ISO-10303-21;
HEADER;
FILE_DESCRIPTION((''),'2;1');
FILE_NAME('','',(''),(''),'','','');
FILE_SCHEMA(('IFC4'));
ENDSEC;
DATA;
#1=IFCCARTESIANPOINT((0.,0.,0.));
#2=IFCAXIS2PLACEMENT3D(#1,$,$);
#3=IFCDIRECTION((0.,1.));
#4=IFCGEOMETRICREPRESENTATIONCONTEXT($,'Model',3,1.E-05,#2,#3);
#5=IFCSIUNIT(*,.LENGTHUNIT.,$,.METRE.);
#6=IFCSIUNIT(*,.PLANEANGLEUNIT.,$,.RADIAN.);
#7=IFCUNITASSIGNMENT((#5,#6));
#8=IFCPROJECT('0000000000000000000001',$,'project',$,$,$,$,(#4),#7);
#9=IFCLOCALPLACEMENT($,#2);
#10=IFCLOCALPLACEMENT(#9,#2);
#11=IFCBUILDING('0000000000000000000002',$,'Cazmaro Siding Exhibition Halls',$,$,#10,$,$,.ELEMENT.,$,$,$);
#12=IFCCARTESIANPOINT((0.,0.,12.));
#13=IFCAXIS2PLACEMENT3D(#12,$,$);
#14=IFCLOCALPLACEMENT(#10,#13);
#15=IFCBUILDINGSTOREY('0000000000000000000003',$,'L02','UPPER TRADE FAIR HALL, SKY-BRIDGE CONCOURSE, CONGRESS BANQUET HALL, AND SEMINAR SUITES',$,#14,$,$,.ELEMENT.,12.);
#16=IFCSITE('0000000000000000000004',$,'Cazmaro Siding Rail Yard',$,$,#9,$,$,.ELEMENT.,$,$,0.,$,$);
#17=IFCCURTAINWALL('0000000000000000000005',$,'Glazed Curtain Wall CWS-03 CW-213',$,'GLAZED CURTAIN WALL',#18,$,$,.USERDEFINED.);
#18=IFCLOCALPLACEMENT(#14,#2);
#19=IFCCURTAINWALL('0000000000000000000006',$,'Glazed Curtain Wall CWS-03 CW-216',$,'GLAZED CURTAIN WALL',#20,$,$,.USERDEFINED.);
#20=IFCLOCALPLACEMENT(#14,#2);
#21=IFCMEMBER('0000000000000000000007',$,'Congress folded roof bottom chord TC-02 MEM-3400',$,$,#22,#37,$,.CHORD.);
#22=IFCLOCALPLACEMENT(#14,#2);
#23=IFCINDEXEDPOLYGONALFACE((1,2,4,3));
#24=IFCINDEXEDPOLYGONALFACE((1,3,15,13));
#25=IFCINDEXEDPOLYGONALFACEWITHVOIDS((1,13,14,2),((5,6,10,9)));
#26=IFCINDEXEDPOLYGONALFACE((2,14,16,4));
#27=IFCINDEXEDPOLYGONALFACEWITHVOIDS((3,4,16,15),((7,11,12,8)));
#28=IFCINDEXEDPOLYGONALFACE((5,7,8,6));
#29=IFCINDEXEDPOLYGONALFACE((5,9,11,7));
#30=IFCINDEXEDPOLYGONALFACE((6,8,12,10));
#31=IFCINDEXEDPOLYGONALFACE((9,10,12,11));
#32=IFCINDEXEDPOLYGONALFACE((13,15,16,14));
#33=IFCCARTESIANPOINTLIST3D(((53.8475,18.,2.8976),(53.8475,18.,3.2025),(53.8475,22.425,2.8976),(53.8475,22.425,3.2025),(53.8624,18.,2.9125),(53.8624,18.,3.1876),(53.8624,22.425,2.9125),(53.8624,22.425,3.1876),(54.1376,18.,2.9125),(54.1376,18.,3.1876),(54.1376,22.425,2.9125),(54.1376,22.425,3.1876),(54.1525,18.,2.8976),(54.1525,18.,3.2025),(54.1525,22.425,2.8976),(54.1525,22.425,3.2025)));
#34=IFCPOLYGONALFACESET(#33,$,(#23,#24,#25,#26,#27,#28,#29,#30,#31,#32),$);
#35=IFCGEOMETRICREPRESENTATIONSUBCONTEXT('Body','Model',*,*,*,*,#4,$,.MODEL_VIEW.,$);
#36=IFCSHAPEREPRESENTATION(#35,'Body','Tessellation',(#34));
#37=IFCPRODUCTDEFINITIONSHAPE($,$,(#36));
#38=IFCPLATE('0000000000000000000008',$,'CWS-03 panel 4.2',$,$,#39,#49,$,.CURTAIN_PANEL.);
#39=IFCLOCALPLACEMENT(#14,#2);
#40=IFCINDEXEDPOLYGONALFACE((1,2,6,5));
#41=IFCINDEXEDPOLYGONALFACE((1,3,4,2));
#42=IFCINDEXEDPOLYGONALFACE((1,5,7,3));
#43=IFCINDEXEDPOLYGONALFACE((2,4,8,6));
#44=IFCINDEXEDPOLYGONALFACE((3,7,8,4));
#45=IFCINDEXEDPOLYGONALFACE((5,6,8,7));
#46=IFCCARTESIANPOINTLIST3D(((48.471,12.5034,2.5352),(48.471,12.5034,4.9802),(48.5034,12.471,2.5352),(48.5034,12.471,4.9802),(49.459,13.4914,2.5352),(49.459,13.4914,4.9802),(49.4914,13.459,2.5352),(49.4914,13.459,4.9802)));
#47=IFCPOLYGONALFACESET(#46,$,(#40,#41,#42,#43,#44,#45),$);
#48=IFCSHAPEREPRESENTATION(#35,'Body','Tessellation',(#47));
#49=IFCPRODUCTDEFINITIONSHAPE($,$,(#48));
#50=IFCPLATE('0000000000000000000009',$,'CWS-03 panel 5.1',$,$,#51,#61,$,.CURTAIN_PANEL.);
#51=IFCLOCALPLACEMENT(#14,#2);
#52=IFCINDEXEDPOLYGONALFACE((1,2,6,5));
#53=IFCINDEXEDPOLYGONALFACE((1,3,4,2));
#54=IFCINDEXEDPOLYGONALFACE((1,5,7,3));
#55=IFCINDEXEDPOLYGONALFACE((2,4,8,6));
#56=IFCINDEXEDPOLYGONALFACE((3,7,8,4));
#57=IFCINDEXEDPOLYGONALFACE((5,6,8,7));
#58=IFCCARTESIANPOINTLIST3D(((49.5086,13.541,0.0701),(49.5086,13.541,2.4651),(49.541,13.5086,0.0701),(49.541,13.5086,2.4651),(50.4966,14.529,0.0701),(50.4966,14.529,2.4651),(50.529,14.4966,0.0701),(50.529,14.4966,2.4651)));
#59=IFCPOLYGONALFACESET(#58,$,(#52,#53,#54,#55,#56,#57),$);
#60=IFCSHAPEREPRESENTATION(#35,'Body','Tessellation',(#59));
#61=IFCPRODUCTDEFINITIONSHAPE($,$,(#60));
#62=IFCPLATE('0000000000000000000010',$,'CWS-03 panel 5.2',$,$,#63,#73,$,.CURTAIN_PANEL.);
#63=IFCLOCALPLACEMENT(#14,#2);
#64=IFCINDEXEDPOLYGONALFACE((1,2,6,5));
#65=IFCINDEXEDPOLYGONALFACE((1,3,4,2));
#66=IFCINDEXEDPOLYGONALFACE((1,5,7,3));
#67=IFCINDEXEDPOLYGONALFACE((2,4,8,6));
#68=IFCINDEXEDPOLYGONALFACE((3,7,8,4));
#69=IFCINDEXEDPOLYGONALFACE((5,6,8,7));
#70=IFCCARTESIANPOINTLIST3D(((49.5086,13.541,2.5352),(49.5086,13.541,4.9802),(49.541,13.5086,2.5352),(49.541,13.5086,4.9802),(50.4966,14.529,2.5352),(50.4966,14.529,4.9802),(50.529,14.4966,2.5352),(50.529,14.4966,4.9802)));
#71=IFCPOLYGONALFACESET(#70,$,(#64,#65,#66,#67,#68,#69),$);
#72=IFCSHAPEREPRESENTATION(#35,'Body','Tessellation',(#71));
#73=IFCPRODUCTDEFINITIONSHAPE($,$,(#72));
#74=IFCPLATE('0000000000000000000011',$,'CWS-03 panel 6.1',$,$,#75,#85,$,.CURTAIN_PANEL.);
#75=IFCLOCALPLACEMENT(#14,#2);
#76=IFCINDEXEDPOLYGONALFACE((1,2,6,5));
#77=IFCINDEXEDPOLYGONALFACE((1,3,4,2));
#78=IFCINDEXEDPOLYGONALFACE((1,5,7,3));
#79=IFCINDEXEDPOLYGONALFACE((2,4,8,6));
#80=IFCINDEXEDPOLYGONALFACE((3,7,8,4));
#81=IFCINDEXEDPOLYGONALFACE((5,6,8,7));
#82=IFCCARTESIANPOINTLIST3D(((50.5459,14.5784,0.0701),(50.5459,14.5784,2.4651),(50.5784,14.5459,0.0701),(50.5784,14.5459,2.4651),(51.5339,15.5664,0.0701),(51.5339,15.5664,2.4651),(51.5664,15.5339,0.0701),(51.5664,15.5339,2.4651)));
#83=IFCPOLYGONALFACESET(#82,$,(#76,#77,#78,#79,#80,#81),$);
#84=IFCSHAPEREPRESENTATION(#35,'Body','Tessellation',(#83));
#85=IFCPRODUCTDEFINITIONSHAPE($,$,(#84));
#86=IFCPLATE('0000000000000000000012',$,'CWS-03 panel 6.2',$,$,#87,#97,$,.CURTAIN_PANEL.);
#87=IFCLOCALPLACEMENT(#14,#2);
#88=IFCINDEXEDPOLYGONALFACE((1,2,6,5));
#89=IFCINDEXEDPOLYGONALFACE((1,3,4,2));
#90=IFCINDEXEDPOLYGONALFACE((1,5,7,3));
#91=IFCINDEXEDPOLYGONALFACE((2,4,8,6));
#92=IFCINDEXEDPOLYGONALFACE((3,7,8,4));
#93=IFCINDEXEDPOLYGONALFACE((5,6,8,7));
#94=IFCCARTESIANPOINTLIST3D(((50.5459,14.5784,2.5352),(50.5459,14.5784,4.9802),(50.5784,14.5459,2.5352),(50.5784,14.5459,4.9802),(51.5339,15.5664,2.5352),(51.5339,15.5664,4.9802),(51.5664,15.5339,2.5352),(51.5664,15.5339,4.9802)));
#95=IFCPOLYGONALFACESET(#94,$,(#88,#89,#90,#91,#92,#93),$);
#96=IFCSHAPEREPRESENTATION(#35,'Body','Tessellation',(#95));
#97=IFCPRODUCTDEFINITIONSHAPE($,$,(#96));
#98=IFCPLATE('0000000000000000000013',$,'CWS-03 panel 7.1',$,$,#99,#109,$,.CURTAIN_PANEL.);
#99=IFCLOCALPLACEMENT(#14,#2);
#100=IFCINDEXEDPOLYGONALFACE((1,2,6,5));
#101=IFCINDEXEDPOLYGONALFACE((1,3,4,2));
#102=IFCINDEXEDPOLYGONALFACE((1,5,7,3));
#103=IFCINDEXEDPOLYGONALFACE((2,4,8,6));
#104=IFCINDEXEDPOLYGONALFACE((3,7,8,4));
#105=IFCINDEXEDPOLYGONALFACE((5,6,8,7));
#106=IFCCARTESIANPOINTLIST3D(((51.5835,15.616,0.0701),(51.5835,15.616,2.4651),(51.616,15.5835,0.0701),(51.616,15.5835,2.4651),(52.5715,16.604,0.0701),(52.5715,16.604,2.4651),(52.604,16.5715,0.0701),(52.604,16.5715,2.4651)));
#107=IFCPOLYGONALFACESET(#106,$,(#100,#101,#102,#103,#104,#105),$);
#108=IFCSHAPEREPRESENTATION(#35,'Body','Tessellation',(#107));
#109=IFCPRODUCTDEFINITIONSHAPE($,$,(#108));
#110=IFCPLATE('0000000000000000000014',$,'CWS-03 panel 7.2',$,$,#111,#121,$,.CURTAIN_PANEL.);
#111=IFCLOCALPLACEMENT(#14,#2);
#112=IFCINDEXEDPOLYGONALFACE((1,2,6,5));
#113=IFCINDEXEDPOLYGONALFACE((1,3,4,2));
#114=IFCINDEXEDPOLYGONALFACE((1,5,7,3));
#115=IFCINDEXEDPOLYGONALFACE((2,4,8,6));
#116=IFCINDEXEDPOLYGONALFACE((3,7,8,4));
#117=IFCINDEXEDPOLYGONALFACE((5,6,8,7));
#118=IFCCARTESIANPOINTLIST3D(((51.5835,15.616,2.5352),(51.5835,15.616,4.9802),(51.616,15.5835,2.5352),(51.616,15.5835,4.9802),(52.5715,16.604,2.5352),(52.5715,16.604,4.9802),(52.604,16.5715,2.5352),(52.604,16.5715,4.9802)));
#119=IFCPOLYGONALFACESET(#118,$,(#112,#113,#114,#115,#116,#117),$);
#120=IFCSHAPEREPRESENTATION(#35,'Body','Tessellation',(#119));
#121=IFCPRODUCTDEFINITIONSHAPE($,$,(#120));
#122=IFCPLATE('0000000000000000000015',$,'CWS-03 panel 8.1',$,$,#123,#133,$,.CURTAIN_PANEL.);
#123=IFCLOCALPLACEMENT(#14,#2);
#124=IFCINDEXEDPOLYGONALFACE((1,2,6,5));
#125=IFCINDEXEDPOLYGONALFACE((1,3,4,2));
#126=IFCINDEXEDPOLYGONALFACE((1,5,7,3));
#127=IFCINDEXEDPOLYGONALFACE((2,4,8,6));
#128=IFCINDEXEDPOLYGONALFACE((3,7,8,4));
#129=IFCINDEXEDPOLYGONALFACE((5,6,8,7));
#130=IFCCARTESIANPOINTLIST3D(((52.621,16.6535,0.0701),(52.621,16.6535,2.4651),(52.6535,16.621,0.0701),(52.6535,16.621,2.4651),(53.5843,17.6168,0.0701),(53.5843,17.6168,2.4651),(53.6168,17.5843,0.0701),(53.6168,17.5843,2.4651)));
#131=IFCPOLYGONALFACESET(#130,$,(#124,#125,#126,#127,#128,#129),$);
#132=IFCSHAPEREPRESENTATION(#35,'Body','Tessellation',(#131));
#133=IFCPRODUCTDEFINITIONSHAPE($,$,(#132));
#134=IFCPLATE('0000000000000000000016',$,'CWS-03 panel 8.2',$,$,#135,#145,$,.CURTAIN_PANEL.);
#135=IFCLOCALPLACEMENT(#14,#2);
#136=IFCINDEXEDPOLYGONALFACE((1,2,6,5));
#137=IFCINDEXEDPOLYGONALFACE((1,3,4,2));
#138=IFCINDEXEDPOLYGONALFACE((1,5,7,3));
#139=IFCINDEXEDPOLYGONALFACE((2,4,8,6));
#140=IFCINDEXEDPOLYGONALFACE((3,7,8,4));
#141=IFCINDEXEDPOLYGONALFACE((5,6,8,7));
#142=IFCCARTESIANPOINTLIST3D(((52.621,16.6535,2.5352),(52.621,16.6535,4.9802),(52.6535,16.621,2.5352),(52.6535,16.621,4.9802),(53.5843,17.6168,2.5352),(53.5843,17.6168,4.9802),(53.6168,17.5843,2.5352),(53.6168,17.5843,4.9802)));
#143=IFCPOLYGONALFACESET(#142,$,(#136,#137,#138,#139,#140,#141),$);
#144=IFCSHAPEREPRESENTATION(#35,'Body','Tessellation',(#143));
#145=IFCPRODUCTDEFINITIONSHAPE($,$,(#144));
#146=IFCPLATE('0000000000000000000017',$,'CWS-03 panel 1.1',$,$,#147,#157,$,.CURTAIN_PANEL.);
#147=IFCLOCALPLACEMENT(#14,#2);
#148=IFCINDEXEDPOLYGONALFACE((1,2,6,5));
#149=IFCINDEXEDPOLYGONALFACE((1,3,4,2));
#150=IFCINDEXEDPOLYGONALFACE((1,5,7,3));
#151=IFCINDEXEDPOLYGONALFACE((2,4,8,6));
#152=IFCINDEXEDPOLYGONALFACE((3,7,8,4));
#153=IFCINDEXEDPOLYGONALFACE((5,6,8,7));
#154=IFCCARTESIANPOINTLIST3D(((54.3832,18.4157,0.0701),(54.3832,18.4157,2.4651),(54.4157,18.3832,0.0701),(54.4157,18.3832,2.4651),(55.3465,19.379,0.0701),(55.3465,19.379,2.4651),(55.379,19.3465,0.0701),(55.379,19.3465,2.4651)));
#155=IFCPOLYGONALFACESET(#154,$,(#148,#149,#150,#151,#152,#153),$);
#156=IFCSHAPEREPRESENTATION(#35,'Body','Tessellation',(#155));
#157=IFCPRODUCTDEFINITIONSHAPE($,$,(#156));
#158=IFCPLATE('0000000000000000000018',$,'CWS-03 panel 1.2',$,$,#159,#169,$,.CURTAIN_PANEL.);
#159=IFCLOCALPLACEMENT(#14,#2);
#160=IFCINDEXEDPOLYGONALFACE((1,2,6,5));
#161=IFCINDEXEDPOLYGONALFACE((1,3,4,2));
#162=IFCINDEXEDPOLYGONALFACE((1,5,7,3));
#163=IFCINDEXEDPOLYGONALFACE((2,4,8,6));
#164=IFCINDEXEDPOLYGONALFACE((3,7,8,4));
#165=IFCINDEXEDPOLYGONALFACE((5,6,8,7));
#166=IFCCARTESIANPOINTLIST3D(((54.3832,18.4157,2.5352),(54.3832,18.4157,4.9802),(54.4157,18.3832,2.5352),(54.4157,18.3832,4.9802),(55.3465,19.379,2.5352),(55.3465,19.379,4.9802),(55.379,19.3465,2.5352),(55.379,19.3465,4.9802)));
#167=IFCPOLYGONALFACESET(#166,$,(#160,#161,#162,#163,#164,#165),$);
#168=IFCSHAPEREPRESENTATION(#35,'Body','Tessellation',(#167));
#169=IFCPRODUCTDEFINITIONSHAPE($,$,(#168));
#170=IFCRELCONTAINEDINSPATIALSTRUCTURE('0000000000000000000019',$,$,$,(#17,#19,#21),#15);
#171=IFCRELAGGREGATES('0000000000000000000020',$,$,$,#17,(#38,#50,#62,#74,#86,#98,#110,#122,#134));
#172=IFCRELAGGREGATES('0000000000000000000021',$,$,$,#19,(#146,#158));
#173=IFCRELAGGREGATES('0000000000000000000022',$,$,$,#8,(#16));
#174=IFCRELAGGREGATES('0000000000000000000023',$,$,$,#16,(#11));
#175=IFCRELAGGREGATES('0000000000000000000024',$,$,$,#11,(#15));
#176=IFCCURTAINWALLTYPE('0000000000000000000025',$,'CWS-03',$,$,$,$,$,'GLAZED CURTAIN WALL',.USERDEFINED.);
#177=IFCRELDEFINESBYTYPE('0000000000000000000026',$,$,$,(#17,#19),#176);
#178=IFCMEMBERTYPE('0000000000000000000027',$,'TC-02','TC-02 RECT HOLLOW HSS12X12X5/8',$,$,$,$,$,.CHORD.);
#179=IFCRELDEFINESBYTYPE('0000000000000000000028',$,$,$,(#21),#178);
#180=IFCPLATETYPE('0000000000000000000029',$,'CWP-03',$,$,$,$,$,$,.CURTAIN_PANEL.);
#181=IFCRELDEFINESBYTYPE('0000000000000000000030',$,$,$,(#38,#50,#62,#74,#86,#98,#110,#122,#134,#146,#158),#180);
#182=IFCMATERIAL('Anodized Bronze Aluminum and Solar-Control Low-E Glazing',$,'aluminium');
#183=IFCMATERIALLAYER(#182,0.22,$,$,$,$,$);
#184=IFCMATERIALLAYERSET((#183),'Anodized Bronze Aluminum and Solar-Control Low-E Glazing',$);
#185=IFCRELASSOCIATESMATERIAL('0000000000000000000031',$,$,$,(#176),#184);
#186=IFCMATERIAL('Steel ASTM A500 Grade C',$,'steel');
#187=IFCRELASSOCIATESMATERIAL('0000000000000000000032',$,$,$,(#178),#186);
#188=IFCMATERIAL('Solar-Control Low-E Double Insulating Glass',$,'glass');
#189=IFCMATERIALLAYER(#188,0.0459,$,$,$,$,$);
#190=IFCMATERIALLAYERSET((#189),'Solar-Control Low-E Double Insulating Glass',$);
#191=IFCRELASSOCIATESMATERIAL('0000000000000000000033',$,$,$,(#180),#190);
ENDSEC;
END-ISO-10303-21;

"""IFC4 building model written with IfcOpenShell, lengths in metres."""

from ifc_helpers import new_model, si_unit, direction, frame, origin, origin_2d, place, context, subcontext, project, spatial, rectangle, hollow_rectangle, extrude, material, layer, layer_set, material_profile, profile_set, type_object, element, aggregate, save


model = new_model("IFC4")

# Units and contexts
model_context = context("Model", 3, precision=1e-05, world=origin(), true_north=direction((0.0, 1.0)))
body_context = subcontext(model_context, "Body", "Model", "MODEL_VIEW")
ifc_project = project(units=[si_unit("LENGTHUNIT", "METRE"), si_unit("PLANEANGLEUNIT", "RADIAN")], contexts=[model_context])

# Site, building, storey
site_placement = place(None, origin())
site = spatial("IfcSite", under=ifc_project, at=site_placement, Name="Cazmaro Siding Rail Yard", CompositionType="ELEMENT", RefElevation=0.0)
building_placement = place(site_placement, origin())
building = spatial("IfcBuilding", under=site, at=building_placement, Name="Cazmaro Siding Exhibition Halls", CompositionType="ELEMENT")
storey_placement = place(building_placement, frame((0.0, 0.0, 12.0)))
storey = spatial("IfcBuildingStorey", under=building, at=storey_placement, Name="L02", Description="UPPER TRADE FAIR HALL, SKY-BRIDGE CONCOURSE, CONGRESS BANQUET HALL, AND SEMINAR SUITES", CompositionType="ELEMENT", Elevation=12.0)

# Curtain walls
ifc_material_1 = material(Name="Anodized Bronze Aluminum and Solar-Control Low-E Glazing", Category="aluminium")
ifc_layer_1 = layer(ifc_material_1, 0.22)
ifc_layer_set_1 = layer_set([ifc_layer_1], Name="Anodized Bronze Aluminum and Solar-Control Low-E Glazing")
curtain_wall_type = type_object("IfcCurtainWallType", Name="CWS-03", ElementType="GLAZED CURTAIN WALL", PredefinedType="USERDEFINED", material=ifc_layer_set_1)
curtain_wall_1_placement = place(storey_placement, origin())
curtain_wall_1 = element("IfcCurtainWall", 1, at=curtain_wall_1_placement, inside=storey, type_object=curtain_wall_type, Name="Glazed Curtain Wall CWS-03 CW-213", ObjectType="GLAZED CURTAIN WALL", PredefinedType="USERDEFINED")
curtain_wall_2_placement = place(storey_placement, origin())
curtain_wall_2 = element("IfcCurtainWall", 2, at=curtain_wall_2_placement, inside=storey, type_object=curtain_wall_type, Name="Glazed Curtain Wall CWS-03 CW-216", ObjectType="GLAZED CURTAIN WALL", PredefinedType="USERDEFINED")

# Member
ifc_material_2 = material(Name="Steel ASTM A500 Grade C", Category="steel")
ifc_material_profile_1 = material_profile(ifc_material_2, hollow_rectangle(XDim=0.3049, YDim=0.3049, WallThickness=0.0149, at=origin_2d()), Name="HSS12X12X5/8")
ifc_profile_set_1 = profile_set([ifc_material_profile_1], Name="Steel ASTM A500 Grade C")
member_type_1 = type_object("IfcMemberType", Name="TC-02", Description="TC-02 RECT HOLLOW HSS12X12X5/8", PredefinedType="CHORD", material=ifc_profile_set_1)
member_1_placement = place(storey_placement, frame((54.0, 18.0, 3.05), z_axis=(0.0, 1.0, 0.0), x_axis=(-1.0, 0.0, 0.0)))
element("IfcMember", 3, at=member_1_placement, inside=storey, type_object=member_type_1, Name="Congress folded roof bottom chord TC-02 MEM-3400", PredefinedType="CHORD", context=body_context, shape_type="SweptSolid", body=[
    extrude(hollow_rectangle(XDim=0.3049, YDim=0.3049, WallThickness=0.0149, at=origin_2d()), origin(), (0.0, 0.0, 1.0), 4.425),
])

# Plates
ifc_material_3 = material(Name="Solar-Control Low-E Double Insulating Glass", Category="glass")
ifc_layer_2 = layer(ifc_material_3, 0.0459)
ifc_layer_set_2 = layer_set([ifc_layer_2], Name="Solar-Control Low-E Double Insulating Glass")
plate_type = type_object("IfcPlateType", Name="CWP-03", PredefinedType="CURTAIN_PANEL", material=ifc_layer_set_2)
plate_1_placement = place(storey_placement, frame((48.9812, 12.9812, 2.5352), z_axis=(0.0, 0.0, 1.0), x_axis=(0.707107, 0.707107, 0.0)))
plate_1 = element("IfcPlate", 4, at=plate_1_placement, type_object=plate_type, Name="CWS-03 panel 4.2", PredefinedType="CURTAIN_PANEL", context=body_context, shape_type="SweptSolid", body=[
    extrude(rectangle(XDim=1.3972, YDim=0.0459, at=origin_2d()), origin(), (0.0, 0.0, 1.0), 2.4451),
])
plate_2_placement = place(storey_placement, frame((50.0188, 14.0188, 0.0701), z_axis=(0.0, 0.0, 1.0), x_axis=(0.707107, 0.707107, 0.0)))
plate_2 = element("IfcPlate", 5, at=plate_2_placement, type_object=plate_type, Name="CWS-03 panel 5.1", PredefinedType="CURTAIN_PANEL", context=body_context, shape_type="SweptSolid", body=[
    extrude(rectangle(XDim=1.3972, YDim=0.0459, at=origin_2d()), origin(), (0.0, 0.0, 1.0), 2.395),
])
plate_3_placement = place(storey_placement, frame((50.0188, 14.0188, 2.5352), z_axis=(0.0, 0.0, 1.0), x_axis=(0.707107, 0.707107, 0.0)))
plate_3 = element("IfcPlate", 6, at=plate_3_placement, type_object=plate_type, Name="CWS-03 panel 5.2", PredefinedType="CURTAIN_PANEL", context=body_context, shape_type="SweptSolid", body=[
    extrude(rectangle(XDim=1.3972, YDim=0.0459, at=origin_2d()), origin(), (0.0, 0.0, 1.0), 2.4451),
])
plate_4_placement = place(storey_placement, frame((51.0562, 15.0562, 0.0701), z_axis=(0.0, 0.0, 1.0), x_axis=(0.707107, 0.707107, 0.0)))
plate_4 = element("IfcPlate", 7, at=plate_4_placement, type_object=plate_type, Name="CWS-03 panel 6.1", PredefinedType="CURTAIN_PANEL", context=body_context, shape_type="SweptSolid", body=[
    extrude(rectangle(XDim=1.3972, YDim=0.0459, at=origin_2d()), origin(), (0.0, 0.0, 1.0), 2.395),
])
plate_5_placement = place(storey_placement, frame((51.0562, 15.0562, 2.5352), z_axis=(0.0, 0.0, 1.0), x_axis=(0.707107, 0.707107, 0.0)))
plate_5 = element("IfcPlate", 8, at=plate_5_placement, type_object=plate_type, Name="CWS-03 panel 6.2", PredefinedType="CURTAIN_PANEL", context=body_context, shape_type="SweptSolid", body=[
    extrude(rectangle(XDim=1.3972, YDim=0.0459, at=origin_2d()), origin(), (0.0, 0.0, 1.0), 2.4451),
])
plate_6_placement = place(storey_placement, frame((52.0938, 16.0938, 0.0701), z_axis=(0.0, 0.0, 1.0), x_axis=(0.707107, 0.707107, 0.0)))
plate_6 = element("IfcPlate", 9, at=plate_6_placement, type_object=plate_type, Name="CWS-03 panel 7.1", PredefinedType="CURTAIN_PANEL", context=body_context, shape_type="SweptSolid", body=[
    extrude(rectangle(XDim=1.3972, YDim=0.0459, at=origin_2d()), origin(), (0.0, 0.0, 1.0), 2.395),
])
plate_7_placement = place(storey_placement, frame((52.0938, 16.0938, 2.5352), z_axis=(0.0, 0.0, 1.0), x_axis=(0.707107, 0.707107, 0.0)))
plate_7 = element("IfcPlate", 10, at=plate_7_placement, type_object=plate_type, Name="CWS-03 panel 7.2", PredefinedType="CURTAIN_PANEL", context=body_context, shape_type="SweptSolid", body=[
    extrude(rectangle(XDim=1.3972, YDim=0.0459, at=origin_2d()), origin(), (0.0, 0.0, 1.0), 2.4451),
])
plate_8_placement = place(storey_placement, frame((53.1189, 17.1189, 0.0701), z_axis=(0.0, 0.0, 1.0), x_axis=(0.707107, 0.707107, 0.0)))
plate_8 = element("IfcPlate", 11, at=plate_8_placement, type_object=plate_type, Name="CWS-03 panel 8.1", PredefinedType="CURTAIN_PANEL", context=body_context, shape_type="SweptSolid", body=[
    extrude(rectangle(XDim=1.3623, YDim=0.0459, at=origin_2d()), origin(), (0.0, 0.0, 1.0), 2.395),
])
plate_9_placement = place(storey_placement, frame((53.1189, 17.1189, 2.5352), z_axis=(0.0, 0.0, 1.0), x_axis=(0.707107, 0.707107, 0.0)))
plate_9 = element("IfcPlate", 12, at=plate_9_placement, type_object=plate_type, Name="CWS-03 panel 8.2", PredefinedType="CURTAIN_PANEL", context=body_context, shape_type="SweptSolid", body=[
    extrude(rectangle(XDim=1.3623, YDim=0.0459, at=origin_2d()), origin(), (0.0, 0.0, 1.0), 2.4451),
])
aggregate(curtain_wall_1, [plate_1, plate_2, plate_3, plate_4, plate_5, plate_6, plate_7, plate_8, plate_9])
plate_10_placement = place(storey_placement, frame((54.8811, 18.8811, 0.0701), z_axis=(0.0, 0.0, 1.0), x_axis=(0.707107, 0.707107, 0.0)))
plate_10 = element("IfcPlate", 13, at=plate_10_placement, type_object=plate_type, Name="CWS-03 panel 1.1", PredefinedType="CURTAIN_PANEL", context=body_context, shape_type="SweptSolid", body=[
    extrude(rectangle(XDim=1.3623, YDim=0.0459, at=origin_2d()), origin(), (0.0, 0.0, 1.0), 2.395),
])
plate_11_placement = place(storey_placement, frame((54.8811, 18.8811, 2.5352), z_axis=(0.0, 0.0, 1.0), x_axis=(0.707107, 0.707107, 0.0)))
plate_11 = element("IfcPlate", 14, at=plate_11_placement, type_object=plate_type, Name="CWS-03 panel 1.2", PredefinedType="CURTAIN_PANEL", context=body_context, shape_type="SweptSolid", body=[
    extrude(rectangle(XDim=1.3623, YDim=0.0459, at=origin_2d()), origin(), (0.0, 0.0, 1.0), 2.4451),
])
aggregate(curtain_wall_2, [plate_10, plate_11])

save(model, "model.ifc")
